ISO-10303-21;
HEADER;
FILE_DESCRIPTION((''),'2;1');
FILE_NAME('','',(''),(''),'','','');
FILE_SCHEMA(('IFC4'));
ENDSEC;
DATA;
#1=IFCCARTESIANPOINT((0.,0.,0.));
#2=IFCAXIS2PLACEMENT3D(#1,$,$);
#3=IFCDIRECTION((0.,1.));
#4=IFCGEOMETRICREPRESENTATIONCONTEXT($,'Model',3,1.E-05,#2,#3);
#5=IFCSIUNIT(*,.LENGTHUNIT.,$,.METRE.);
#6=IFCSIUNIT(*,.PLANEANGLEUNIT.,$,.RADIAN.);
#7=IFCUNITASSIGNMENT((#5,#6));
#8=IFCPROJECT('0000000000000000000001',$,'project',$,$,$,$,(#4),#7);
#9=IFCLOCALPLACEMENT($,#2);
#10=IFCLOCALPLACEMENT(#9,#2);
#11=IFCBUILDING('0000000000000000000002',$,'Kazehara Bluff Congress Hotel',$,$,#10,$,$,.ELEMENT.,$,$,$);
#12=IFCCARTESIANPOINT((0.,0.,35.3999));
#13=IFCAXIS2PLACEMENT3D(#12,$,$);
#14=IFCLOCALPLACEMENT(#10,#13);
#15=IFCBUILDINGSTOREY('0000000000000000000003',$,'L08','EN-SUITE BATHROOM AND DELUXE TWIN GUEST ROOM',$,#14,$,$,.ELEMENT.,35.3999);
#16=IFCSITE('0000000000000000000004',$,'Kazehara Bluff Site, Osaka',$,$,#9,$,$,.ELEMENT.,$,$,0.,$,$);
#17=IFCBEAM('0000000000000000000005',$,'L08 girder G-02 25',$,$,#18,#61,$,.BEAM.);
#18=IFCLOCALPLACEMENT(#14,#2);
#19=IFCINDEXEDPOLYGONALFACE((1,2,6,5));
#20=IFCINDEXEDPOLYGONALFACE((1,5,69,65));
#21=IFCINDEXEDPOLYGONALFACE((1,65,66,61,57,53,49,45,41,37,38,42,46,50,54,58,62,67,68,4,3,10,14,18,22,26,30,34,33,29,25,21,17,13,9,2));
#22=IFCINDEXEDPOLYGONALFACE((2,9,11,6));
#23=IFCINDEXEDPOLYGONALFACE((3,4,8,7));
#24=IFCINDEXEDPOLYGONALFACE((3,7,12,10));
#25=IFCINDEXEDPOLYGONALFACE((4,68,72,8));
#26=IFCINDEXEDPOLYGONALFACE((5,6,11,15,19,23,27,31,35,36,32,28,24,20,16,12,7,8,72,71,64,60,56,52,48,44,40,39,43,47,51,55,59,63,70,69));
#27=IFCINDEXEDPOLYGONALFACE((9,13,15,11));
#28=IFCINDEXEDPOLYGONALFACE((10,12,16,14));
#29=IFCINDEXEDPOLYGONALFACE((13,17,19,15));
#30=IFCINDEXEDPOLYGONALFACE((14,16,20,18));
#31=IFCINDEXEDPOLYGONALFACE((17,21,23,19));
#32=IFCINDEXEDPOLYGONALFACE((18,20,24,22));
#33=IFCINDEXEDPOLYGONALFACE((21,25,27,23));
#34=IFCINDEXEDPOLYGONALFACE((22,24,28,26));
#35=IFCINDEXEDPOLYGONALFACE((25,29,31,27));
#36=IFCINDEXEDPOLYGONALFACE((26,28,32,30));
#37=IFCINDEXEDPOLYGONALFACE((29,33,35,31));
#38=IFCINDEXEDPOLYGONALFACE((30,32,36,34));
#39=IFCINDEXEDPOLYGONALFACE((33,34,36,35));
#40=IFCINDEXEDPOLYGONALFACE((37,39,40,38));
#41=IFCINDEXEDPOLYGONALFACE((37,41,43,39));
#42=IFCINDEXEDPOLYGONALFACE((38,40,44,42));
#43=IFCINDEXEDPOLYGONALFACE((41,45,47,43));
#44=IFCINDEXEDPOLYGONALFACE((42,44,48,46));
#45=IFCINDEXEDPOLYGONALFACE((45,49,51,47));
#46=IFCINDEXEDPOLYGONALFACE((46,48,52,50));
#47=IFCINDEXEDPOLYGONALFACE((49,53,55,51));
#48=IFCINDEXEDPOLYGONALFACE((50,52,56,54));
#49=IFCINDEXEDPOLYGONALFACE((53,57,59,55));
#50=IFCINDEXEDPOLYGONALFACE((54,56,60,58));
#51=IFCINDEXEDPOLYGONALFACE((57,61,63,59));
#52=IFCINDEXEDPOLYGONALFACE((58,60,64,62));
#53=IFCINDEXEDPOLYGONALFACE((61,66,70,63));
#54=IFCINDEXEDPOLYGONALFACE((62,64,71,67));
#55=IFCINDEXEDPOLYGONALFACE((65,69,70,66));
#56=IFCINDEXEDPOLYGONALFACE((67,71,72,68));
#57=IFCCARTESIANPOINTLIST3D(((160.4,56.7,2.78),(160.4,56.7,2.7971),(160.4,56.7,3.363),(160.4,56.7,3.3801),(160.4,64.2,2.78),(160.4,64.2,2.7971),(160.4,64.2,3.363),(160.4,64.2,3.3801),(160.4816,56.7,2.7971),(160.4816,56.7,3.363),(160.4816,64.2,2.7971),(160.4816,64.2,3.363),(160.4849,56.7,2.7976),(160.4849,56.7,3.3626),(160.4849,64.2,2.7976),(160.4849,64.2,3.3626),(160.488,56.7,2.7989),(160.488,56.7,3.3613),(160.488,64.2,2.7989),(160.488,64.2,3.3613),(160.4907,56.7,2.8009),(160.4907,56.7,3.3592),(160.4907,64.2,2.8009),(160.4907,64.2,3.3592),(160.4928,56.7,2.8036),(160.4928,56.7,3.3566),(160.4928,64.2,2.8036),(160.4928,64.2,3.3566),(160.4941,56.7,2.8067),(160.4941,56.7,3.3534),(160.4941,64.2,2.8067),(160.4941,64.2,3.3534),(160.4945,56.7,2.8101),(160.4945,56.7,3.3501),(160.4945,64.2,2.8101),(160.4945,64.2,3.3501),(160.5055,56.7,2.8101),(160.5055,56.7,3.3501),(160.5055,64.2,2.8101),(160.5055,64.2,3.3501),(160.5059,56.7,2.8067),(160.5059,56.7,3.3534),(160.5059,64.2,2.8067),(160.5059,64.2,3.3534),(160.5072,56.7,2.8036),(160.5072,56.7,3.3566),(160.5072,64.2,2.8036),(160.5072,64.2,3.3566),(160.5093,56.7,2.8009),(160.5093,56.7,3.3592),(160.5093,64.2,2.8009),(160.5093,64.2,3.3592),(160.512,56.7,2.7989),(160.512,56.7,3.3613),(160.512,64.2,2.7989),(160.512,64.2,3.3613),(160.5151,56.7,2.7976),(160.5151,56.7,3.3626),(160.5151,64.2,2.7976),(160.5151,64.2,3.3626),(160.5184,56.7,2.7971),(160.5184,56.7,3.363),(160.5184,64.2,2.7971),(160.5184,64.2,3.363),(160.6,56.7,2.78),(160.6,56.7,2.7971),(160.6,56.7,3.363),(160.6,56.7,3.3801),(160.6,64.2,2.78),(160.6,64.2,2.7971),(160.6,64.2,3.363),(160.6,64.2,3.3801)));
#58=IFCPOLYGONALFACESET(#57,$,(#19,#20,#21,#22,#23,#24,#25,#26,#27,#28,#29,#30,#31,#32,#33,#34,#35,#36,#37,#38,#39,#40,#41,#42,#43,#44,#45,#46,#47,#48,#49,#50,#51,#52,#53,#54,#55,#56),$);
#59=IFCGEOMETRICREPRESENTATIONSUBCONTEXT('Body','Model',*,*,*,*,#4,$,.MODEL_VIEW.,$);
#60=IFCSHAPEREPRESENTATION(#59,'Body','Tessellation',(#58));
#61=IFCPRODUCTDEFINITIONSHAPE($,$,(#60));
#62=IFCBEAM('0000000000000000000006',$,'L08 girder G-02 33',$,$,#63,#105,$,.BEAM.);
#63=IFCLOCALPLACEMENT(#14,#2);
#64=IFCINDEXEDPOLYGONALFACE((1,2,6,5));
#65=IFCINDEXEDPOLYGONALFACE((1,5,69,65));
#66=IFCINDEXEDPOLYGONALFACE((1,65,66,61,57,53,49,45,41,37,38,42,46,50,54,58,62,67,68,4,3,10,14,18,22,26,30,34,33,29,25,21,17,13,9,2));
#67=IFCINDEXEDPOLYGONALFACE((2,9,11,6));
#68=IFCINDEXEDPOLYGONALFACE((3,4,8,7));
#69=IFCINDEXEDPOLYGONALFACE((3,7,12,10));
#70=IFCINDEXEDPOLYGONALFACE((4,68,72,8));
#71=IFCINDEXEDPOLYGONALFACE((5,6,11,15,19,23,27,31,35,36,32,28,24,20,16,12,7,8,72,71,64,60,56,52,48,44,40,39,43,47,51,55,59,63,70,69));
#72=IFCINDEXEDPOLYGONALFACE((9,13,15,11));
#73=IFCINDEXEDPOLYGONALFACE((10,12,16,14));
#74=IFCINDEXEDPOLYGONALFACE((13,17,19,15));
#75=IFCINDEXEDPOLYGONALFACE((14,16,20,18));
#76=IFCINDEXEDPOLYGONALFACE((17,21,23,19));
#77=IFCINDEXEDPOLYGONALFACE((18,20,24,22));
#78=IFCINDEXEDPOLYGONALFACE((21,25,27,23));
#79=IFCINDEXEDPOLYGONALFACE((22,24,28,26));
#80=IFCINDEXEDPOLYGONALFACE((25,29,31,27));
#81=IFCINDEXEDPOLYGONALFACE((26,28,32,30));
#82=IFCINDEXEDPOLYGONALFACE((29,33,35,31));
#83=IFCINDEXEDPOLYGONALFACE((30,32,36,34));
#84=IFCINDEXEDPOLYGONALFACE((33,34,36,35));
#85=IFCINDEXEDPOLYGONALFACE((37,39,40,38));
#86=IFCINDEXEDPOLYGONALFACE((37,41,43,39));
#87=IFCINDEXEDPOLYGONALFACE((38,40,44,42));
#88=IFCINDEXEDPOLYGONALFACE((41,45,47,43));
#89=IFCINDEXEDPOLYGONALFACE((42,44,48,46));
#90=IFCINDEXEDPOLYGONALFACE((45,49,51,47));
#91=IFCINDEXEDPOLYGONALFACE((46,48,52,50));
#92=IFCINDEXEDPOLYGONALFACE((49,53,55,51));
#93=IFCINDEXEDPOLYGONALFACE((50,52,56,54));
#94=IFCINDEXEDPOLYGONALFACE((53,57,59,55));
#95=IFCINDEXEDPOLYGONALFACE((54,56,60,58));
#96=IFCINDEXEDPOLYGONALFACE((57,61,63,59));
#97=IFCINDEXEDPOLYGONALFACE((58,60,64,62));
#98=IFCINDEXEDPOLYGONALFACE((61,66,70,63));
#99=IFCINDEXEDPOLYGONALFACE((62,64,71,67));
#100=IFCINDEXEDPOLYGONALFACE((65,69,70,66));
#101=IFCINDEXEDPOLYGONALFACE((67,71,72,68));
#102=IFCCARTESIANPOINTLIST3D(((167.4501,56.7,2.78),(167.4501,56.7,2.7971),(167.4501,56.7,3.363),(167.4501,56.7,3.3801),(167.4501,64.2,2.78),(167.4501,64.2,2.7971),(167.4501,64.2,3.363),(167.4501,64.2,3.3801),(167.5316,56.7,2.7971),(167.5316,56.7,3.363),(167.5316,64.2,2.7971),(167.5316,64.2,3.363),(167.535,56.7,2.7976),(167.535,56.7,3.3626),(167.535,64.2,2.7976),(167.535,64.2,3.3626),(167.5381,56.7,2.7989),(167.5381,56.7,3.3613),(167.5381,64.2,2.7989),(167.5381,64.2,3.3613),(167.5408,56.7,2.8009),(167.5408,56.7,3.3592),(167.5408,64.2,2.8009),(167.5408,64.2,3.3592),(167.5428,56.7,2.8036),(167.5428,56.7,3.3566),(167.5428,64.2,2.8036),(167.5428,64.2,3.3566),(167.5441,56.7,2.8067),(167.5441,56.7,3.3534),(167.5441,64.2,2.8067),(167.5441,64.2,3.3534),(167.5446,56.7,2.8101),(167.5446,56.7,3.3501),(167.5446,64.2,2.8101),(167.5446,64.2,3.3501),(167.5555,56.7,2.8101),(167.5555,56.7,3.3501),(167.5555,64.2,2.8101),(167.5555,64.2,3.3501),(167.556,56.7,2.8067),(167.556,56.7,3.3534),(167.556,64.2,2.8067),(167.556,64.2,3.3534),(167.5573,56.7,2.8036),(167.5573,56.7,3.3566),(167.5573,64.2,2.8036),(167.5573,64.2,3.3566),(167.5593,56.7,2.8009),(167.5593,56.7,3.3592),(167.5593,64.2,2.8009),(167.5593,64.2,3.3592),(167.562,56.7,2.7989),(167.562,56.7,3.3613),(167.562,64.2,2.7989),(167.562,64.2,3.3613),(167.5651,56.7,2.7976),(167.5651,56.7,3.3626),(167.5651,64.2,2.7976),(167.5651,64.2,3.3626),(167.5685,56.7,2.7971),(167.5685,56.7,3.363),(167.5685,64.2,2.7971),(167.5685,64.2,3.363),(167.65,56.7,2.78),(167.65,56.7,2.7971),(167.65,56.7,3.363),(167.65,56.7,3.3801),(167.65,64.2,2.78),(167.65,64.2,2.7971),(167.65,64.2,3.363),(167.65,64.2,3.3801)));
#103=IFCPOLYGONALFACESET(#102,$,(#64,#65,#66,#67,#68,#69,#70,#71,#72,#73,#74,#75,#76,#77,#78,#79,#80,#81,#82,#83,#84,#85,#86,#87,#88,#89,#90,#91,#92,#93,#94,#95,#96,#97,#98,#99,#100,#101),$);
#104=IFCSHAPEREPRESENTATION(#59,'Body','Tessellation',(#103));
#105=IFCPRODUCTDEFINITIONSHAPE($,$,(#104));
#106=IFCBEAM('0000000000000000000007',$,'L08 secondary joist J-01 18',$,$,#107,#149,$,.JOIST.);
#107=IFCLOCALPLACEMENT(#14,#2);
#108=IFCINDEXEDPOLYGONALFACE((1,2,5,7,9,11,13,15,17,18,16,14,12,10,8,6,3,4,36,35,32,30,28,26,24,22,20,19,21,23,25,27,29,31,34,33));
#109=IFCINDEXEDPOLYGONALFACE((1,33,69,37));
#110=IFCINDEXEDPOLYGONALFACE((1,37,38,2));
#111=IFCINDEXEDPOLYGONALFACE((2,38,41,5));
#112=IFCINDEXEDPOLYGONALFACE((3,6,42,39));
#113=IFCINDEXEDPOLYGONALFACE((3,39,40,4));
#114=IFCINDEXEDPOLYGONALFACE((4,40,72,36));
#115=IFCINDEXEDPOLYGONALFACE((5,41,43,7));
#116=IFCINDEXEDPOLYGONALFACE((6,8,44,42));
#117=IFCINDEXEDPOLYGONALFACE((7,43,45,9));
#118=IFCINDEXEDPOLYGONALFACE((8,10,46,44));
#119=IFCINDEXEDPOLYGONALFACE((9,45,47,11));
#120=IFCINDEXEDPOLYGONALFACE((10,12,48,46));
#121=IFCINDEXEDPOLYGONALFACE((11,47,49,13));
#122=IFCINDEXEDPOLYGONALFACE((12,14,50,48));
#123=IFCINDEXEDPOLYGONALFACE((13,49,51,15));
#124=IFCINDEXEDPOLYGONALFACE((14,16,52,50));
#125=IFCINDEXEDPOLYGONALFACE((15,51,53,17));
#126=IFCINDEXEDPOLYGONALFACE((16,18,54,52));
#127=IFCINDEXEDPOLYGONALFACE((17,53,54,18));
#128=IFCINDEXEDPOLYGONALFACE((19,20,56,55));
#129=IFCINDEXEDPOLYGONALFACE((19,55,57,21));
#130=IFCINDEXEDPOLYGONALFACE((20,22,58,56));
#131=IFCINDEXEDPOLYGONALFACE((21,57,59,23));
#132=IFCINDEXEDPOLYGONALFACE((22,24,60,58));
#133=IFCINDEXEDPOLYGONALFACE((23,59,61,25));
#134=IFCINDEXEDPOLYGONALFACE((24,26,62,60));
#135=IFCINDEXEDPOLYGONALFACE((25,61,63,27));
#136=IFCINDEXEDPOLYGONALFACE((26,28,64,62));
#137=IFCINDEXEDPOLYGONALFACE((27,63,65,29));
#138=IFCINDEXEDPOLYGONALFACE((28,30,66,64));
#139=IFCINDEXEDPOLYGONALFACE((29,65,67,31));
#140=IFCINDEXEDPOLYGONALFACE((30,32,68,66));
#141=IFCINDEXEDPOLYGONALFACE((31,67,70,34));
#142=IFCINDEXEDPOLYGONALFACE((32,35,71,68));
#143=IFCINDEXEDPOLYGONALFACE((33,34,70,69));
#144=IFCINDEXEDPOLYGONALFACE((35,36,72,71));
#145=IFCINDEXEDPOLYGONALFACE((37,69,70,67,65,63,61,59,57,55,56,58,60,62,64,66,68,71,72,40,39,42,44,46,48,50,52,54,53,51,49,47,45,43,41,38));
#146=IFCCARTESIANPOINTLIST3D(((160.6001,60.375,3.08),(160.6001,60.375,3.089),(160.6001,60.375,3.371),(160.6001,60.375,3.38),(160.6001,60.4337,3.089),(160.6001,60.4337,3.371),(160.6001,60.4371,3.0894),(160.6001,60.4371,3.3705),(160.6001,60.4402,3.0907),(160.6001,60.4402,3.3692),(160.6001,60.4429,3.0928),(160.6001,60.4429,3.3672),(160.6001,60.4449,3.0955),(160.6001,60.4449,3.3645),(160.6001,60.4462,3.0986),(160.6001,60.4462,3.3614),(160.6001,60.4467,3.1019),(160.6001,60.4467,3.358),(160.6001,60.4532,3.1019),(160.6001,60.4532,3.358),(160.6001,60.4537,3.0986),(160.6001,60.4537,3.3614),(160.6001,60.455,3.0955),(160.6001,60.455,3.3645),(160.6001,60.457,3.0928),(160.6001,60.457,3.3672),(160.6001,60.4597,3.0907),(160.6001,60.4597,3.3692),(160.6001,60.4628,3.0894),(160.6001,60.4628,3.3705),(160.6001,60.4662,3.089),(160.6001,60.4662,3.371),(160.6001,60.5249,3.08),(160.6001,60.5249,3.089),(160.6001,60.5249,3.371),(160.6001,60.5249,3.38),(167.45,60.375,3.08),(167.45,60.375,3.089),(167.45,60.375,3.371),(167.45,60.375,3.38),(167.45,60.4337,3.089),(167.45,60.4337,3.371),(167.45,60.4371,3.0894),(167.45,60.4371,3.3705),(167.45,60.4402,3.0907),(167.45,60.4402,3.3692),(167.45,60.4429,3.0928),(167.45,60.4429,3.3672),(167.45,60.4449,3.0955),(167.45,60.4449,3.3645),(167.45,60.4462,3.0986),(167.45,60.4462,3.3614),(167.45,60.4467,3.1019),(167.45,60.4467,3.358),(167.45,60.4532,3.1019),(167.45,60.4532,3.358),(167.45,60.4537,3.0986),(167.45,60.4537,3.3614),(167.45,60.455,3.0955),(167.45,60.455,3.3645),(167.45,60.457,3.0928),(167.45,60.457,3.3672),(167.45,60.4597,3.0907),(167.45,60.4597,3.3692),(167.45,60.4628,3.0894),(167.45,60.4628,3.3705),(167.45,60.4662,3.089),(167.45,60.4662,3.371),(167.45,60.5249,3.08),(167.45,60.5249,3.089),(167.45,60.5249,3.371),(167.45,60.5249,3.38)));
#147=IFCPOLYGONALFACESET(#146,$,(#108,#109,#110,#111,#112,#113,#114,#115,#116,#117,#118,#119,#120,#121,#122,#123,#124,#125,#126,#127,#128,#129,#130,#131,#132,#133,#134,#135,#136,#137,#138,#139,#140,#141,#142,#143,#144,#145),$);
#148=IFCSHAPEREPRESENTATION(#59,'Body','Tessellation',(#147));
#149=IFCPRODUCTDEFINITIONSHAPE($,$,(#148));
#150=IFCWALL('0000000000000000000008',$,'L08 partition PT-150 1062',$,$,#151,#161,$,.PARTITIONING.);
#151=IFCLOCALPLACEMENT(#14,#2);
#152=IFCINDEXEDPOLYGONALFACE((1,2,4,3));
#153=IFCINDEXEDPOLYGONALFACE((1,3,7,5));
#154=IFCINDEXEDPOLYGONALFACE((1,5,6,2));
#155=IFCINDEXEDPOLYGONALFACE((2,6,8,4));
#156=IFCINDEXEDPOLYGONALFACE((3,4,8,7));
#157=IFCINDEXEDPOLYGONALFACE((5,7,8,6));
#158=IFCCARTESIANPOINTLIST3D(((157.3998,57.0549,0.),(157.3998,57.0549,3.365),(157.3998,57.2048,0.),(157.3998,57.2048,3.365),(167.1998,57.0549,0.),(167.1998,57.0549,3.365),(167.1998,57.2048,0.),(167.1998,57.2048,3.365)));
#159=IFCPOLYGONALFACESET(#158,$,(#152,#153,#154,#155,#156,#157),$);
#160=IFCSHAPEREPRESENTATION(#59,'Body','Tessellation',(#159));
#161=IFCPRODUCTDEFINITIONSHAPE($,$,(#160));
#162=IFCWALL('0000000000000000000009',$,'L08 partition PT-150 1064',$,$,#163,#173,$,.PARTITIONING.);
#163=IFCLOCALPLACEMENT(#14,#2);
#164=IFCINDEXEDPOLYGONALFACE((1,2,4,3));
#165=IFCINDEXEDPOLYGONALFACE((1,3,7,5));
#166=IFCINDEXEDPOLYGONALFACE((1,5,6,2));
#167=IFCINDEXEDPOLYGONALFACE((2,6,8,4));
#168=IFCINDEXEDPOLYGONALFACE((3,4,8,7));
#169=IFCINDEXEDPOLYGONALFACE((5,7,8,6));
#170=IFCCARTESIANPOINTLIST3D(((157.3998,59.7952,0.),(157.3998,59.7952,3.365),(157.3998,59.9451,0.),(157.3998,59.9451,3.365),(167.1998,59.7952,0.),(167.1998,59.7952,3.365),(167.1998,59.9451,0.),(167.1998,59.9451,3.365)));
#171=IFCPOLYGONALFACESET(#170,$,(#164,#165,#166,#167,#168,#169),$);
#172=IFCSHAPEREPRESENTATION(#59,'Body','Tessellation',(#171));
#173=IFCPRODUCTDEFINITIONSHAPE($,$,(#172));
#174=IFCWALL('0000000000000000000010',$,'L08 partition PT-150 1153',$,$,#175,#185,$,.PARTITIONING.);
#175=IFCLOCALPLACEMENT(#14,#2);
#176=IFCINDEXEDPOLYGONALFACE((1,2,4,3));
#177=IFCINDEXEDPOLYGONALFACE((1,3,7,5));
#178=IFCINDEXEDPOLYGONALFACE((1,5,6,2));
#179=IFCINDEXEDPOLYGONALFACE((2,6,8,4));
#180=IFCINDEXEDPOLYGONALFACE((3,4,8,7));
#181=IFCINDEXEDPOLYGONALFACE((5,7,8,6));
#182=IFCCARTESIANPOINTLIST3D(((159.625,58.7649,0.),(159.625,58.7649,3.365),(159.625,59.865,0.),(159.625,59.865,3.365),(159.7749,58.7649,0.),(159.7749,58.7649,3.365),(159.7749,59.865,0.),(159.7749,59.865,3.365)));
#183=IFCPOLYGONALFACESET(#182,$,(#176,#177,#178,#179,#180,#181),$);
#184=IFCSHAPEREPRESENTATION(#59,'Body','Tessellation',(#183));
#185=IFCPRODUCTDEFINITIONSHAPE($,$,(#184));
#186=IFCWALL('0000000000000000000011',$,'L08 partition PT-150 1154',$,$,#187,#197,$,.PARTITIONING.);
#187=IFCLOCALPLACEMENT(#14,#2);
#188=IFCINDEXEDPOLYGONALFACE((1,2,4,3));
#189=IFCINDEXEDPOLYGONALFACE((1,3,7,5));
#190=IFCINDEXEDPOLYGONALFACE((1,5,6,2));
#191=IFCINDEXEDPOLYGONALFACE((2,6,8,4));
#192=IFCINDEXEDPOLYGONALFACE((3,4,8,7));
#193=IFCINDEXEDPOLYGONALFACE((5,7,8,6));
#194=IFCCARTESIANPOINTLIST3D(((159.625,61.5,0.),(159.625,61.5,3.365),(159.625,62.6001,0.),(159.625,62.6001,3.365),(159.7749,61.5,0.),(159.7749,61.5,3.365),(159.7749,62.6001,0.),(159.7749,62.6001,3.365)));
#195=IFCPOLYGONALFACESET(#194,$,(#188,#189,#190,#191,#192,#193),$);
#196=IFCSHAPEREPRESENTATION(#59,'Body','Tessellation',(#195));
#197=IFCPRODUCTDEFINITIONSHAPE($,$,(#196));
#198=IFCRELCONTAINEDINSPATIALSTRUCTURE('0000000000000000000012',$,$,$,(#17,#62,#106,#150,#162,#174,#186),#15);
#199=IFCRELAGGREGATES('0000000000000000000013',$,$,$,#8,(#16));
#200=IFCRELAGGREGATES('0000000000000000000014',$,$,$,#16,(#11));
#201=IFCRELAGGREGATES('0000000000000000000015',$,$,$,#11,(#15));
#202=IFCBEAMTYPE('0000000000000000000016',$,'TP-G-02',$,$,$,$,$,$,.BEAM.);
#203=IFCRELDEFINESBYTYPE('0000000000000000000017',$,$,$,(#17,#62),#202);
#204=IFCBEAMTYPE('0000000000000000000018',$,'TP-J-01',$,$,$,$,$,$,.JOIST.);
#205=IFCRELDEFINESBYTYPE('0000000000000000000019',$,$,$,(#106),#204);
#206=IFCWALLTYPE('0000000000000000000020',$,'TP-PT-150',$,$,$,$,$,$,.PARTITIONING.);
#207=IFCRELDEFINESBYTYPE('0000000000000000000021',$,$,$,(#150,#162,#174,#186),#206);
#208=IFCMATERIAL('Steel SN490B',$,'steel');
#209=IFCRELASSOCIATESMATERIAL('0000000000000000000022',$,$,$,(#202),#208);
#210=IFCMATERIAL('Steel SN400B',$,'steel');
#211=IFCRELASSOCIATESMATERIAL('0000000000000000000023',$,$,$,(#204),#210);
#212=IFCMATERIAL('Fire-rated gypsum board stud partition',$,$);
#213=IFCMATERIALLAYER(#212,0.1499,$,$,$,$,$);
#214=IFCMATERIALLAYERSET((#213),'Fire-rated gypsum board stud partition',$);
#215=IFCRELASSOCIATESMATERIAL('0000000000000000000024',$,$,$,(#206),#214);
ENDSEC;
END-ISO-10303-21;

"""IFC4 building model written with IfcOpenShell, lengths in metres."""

from ifc_helpers import new_model, si_unit, direction, frame, frame_2d, origin, origin_2d, place, context, subcontext, project, spatial, rectangle, i_section, extrude, material, layer, layer_set, material_profile, profile_set, type_object, element, save


model = new_model("IFC4")

# Units and contexts
model_context = context("Model", 3, precision=1e-05, world=origin(), true_north=direction((0.0, 1.0)))
body_context = subcontext(model_context, "Body", "Model", "MODEL_VIEW")
ifc_project = project(units=[si_unit("LENGTHUNIT", "METRE"), si_unit("PLANEANGLEUNIT", "RADIAN")], contexts=[model_context])

# Site, building, storey
site_placement = place(None, origin())
site = spatial("IfcSite", under=ifc_project, at=site_placement, Name="Kazehara Bluff Site, Osaka", CompositionType="ELEMENT", RefElevation=0.0)
building_placement = place(site_placement, origin())
building = spatial("IfcBuilding", under=site, at=building_placement, Name="Kazehara Bluff Congress Hotel", CompositionType="ELEMENT")
storey_placement = place(building_placement, frame((0.0, 0.0, 35.3999)))
storey = spatial("IfcBuildingStorey", under=building, at=storey_placement, Name="L08", Description="EN-SUITE BATHROOM AND DELUXE TWIN GUEST ROOM", CompositionType="ELEMENT", Elevation=35.3999)

# Beams
ifc_material_1 = material(Name="Steel SN490B", Category="steel")
ifc_material_profile_1 = material_profile(ifc_material_1, i_section(OverallWidth=0.2, OverallDepth=0.6001, WebThickness=0.011, FlangeThickness=0.0171, FilletRadius=0.0129, at=origin_2d()))
ifc_profile_set_1 = profile_set([ifc_material_profile_1], Name="Steel SN490B")
beam_type_1 = type_object("IfcBeamType", Name="TP-G-02", PredefinedType="BEAM", material=ifc_profile_set_1)
for number, where, z_axis, x_axis, name in (
    (1, (160.5, 56.7, 3.0801), (0.0, 1.0, 0.0), (-1.0, 0.0, 0.0), "L08 girder G-02 25"),
    (2, (167.55, 56.7, 3.0801), (0.0, 1.0, 0.0), (-1.0, 0.0, 0.0), "L08 girder G-02 33"),
):
    element("IfcBeam", number, at=place(storey_placement, frame(where, z_axis=z_axis, x_axis=x_axis)), inside=storey, type_object=beam_type_1, Name=name, PredefinedType="BEAM", context=body_context, shape_type="SweptSolid", body=[
        extrude(i_section(OverallWidth=0.2, OverallDepth=0.6001, WebThickness=0.011, FlangeThickness=0.0171, FilletRadius=0.0129, at=origin_2d()), origin(), (0.0, 0.0, 1.0), 7.5),
    ])
ifc_material_2 = material(Name="Steel SN400B", Category="steel")
ifc_material_profile_2 = material_profile(ifc_material_2, i_section(OverallWidth=0.1499, OverallDepth=0.3, WebThickness=0.0066, FlangeThickness=0.009, FilletRadius=0.0129, at=origin_2d()))
ifc_profile_set_2 = profile_set([ifc_material_profile_2], Name="Steel SN400B")
beam_type_2 = type_object("IfcBeamType", Name="TP-J-01", PredefinedType="JOIST", material=ifc_profile_set_2)
beam_placement = place(storey_placement, frame((160.6001, 60.45, 3.23), z_axis=(1.0, 0.0, 0.0), x_axis=(0.0, 1.0, 0.0)))
element("IfcBeam", 3, at=beam_placement, inside=storey, type_object=beam_type_2, Name="L08 secondary joist J-01 18", PredefinedType="JOIST", context=body_context, shape_type="SweptSolid", body=[
    extrude(i_section(OverallWidth=0.1499, OverallDepth=0.3, WebThickness=0.0066, FlangeThickness=0.009, FilletRadius=0.0129, at=origin_2d()), origin(), (0.0, 0.0, 1.0), 6.8499),
])

# Wall
ifc_material_3 = material(Name="Fire-rated gypsum board stud partition")
ifc_layer_1 = layer(ifc_material_3, 0.1499)
ifc_layer_set_1 = layer_set([ifc_layer_1], Name="Fire-rated gypsum board stud partition")
wall_type_1 = type_object("IfcWallType", Name="TP-PT-150", PredefinedType="PARTITIONING", material=ifc_layer_set_1)
wall_1_placement = place(storey_placement, frame((157.3999, 57.1299, 0.0), z_axis=(0.0, 0.0, 1.0), x_axis=(1.0, 0.0, 0.0)))
element("IfcWall", 4, at=wall_1_placement, inside=storey, type_object=wall_type_1, Name="L08 partition PT-150 1062", PredefinedType="PARTITIONING", context=body_context, shape_type="SweptSolid", body=[
    extrude(rectangle(XDim=9.8, YDim=0.1499, at=frame_2d((4.8999, 0.0))), origin(), (0.0, 0.0, 1.0), 3.365),
])

# Wall
wall_2_placement = place(storey_placement, frame((157.3999, 59.8701, 0.0), z_axis=(0.0, 0.0, 1.0), x_axis=(1.0, 0.0, 0.0)))
element("IfcWall", 5, at=wall_2_placement, inside=storey, type_object=wall_type_1, Name="L08 partition PT-150 1064", PredefinedType="PARTITIONING", context=body_context, shape_type="SweptSolid", body=[
    extrude(rectangle(XDim=9.8, YDim=0.1499, at=frame_2d((4.8999, 0.0))), origin(), (0.0, 0.0, 1.0), 3.365),
])

# Walls
for number, where, z_axis, x_axis, name in (
    (6, (159.7, 58.7649, 0.0), (0.0, 0.0, 1.0), (0.0, 1.0, 0.0), "L08 partition PT-150 1153"),
    (7, (159.7, 61.5, 0.0), (0.0, 0.0, 1.0), (0.0, 1.0, 0.0), "L08 partition PT-150 1154"),
):
    element("IfcWall", number, at=place(storey_placement, frame(where, z_axis=z_axis, x_axis=x_axis)), inside=storey, type_object=wall_type_1, Name=name, PredefinedType="PARTITIONING", context=body_context, shape_type="SweptSolid", body=[
        extrude(rectangle(XDim=1.1001, YDim=0.1499, at=frame_2d((0.55, 0.0))), origin(), (0.0, 0.0, 1.0), 3.365),
    ])

save(model, "model.ifc")
